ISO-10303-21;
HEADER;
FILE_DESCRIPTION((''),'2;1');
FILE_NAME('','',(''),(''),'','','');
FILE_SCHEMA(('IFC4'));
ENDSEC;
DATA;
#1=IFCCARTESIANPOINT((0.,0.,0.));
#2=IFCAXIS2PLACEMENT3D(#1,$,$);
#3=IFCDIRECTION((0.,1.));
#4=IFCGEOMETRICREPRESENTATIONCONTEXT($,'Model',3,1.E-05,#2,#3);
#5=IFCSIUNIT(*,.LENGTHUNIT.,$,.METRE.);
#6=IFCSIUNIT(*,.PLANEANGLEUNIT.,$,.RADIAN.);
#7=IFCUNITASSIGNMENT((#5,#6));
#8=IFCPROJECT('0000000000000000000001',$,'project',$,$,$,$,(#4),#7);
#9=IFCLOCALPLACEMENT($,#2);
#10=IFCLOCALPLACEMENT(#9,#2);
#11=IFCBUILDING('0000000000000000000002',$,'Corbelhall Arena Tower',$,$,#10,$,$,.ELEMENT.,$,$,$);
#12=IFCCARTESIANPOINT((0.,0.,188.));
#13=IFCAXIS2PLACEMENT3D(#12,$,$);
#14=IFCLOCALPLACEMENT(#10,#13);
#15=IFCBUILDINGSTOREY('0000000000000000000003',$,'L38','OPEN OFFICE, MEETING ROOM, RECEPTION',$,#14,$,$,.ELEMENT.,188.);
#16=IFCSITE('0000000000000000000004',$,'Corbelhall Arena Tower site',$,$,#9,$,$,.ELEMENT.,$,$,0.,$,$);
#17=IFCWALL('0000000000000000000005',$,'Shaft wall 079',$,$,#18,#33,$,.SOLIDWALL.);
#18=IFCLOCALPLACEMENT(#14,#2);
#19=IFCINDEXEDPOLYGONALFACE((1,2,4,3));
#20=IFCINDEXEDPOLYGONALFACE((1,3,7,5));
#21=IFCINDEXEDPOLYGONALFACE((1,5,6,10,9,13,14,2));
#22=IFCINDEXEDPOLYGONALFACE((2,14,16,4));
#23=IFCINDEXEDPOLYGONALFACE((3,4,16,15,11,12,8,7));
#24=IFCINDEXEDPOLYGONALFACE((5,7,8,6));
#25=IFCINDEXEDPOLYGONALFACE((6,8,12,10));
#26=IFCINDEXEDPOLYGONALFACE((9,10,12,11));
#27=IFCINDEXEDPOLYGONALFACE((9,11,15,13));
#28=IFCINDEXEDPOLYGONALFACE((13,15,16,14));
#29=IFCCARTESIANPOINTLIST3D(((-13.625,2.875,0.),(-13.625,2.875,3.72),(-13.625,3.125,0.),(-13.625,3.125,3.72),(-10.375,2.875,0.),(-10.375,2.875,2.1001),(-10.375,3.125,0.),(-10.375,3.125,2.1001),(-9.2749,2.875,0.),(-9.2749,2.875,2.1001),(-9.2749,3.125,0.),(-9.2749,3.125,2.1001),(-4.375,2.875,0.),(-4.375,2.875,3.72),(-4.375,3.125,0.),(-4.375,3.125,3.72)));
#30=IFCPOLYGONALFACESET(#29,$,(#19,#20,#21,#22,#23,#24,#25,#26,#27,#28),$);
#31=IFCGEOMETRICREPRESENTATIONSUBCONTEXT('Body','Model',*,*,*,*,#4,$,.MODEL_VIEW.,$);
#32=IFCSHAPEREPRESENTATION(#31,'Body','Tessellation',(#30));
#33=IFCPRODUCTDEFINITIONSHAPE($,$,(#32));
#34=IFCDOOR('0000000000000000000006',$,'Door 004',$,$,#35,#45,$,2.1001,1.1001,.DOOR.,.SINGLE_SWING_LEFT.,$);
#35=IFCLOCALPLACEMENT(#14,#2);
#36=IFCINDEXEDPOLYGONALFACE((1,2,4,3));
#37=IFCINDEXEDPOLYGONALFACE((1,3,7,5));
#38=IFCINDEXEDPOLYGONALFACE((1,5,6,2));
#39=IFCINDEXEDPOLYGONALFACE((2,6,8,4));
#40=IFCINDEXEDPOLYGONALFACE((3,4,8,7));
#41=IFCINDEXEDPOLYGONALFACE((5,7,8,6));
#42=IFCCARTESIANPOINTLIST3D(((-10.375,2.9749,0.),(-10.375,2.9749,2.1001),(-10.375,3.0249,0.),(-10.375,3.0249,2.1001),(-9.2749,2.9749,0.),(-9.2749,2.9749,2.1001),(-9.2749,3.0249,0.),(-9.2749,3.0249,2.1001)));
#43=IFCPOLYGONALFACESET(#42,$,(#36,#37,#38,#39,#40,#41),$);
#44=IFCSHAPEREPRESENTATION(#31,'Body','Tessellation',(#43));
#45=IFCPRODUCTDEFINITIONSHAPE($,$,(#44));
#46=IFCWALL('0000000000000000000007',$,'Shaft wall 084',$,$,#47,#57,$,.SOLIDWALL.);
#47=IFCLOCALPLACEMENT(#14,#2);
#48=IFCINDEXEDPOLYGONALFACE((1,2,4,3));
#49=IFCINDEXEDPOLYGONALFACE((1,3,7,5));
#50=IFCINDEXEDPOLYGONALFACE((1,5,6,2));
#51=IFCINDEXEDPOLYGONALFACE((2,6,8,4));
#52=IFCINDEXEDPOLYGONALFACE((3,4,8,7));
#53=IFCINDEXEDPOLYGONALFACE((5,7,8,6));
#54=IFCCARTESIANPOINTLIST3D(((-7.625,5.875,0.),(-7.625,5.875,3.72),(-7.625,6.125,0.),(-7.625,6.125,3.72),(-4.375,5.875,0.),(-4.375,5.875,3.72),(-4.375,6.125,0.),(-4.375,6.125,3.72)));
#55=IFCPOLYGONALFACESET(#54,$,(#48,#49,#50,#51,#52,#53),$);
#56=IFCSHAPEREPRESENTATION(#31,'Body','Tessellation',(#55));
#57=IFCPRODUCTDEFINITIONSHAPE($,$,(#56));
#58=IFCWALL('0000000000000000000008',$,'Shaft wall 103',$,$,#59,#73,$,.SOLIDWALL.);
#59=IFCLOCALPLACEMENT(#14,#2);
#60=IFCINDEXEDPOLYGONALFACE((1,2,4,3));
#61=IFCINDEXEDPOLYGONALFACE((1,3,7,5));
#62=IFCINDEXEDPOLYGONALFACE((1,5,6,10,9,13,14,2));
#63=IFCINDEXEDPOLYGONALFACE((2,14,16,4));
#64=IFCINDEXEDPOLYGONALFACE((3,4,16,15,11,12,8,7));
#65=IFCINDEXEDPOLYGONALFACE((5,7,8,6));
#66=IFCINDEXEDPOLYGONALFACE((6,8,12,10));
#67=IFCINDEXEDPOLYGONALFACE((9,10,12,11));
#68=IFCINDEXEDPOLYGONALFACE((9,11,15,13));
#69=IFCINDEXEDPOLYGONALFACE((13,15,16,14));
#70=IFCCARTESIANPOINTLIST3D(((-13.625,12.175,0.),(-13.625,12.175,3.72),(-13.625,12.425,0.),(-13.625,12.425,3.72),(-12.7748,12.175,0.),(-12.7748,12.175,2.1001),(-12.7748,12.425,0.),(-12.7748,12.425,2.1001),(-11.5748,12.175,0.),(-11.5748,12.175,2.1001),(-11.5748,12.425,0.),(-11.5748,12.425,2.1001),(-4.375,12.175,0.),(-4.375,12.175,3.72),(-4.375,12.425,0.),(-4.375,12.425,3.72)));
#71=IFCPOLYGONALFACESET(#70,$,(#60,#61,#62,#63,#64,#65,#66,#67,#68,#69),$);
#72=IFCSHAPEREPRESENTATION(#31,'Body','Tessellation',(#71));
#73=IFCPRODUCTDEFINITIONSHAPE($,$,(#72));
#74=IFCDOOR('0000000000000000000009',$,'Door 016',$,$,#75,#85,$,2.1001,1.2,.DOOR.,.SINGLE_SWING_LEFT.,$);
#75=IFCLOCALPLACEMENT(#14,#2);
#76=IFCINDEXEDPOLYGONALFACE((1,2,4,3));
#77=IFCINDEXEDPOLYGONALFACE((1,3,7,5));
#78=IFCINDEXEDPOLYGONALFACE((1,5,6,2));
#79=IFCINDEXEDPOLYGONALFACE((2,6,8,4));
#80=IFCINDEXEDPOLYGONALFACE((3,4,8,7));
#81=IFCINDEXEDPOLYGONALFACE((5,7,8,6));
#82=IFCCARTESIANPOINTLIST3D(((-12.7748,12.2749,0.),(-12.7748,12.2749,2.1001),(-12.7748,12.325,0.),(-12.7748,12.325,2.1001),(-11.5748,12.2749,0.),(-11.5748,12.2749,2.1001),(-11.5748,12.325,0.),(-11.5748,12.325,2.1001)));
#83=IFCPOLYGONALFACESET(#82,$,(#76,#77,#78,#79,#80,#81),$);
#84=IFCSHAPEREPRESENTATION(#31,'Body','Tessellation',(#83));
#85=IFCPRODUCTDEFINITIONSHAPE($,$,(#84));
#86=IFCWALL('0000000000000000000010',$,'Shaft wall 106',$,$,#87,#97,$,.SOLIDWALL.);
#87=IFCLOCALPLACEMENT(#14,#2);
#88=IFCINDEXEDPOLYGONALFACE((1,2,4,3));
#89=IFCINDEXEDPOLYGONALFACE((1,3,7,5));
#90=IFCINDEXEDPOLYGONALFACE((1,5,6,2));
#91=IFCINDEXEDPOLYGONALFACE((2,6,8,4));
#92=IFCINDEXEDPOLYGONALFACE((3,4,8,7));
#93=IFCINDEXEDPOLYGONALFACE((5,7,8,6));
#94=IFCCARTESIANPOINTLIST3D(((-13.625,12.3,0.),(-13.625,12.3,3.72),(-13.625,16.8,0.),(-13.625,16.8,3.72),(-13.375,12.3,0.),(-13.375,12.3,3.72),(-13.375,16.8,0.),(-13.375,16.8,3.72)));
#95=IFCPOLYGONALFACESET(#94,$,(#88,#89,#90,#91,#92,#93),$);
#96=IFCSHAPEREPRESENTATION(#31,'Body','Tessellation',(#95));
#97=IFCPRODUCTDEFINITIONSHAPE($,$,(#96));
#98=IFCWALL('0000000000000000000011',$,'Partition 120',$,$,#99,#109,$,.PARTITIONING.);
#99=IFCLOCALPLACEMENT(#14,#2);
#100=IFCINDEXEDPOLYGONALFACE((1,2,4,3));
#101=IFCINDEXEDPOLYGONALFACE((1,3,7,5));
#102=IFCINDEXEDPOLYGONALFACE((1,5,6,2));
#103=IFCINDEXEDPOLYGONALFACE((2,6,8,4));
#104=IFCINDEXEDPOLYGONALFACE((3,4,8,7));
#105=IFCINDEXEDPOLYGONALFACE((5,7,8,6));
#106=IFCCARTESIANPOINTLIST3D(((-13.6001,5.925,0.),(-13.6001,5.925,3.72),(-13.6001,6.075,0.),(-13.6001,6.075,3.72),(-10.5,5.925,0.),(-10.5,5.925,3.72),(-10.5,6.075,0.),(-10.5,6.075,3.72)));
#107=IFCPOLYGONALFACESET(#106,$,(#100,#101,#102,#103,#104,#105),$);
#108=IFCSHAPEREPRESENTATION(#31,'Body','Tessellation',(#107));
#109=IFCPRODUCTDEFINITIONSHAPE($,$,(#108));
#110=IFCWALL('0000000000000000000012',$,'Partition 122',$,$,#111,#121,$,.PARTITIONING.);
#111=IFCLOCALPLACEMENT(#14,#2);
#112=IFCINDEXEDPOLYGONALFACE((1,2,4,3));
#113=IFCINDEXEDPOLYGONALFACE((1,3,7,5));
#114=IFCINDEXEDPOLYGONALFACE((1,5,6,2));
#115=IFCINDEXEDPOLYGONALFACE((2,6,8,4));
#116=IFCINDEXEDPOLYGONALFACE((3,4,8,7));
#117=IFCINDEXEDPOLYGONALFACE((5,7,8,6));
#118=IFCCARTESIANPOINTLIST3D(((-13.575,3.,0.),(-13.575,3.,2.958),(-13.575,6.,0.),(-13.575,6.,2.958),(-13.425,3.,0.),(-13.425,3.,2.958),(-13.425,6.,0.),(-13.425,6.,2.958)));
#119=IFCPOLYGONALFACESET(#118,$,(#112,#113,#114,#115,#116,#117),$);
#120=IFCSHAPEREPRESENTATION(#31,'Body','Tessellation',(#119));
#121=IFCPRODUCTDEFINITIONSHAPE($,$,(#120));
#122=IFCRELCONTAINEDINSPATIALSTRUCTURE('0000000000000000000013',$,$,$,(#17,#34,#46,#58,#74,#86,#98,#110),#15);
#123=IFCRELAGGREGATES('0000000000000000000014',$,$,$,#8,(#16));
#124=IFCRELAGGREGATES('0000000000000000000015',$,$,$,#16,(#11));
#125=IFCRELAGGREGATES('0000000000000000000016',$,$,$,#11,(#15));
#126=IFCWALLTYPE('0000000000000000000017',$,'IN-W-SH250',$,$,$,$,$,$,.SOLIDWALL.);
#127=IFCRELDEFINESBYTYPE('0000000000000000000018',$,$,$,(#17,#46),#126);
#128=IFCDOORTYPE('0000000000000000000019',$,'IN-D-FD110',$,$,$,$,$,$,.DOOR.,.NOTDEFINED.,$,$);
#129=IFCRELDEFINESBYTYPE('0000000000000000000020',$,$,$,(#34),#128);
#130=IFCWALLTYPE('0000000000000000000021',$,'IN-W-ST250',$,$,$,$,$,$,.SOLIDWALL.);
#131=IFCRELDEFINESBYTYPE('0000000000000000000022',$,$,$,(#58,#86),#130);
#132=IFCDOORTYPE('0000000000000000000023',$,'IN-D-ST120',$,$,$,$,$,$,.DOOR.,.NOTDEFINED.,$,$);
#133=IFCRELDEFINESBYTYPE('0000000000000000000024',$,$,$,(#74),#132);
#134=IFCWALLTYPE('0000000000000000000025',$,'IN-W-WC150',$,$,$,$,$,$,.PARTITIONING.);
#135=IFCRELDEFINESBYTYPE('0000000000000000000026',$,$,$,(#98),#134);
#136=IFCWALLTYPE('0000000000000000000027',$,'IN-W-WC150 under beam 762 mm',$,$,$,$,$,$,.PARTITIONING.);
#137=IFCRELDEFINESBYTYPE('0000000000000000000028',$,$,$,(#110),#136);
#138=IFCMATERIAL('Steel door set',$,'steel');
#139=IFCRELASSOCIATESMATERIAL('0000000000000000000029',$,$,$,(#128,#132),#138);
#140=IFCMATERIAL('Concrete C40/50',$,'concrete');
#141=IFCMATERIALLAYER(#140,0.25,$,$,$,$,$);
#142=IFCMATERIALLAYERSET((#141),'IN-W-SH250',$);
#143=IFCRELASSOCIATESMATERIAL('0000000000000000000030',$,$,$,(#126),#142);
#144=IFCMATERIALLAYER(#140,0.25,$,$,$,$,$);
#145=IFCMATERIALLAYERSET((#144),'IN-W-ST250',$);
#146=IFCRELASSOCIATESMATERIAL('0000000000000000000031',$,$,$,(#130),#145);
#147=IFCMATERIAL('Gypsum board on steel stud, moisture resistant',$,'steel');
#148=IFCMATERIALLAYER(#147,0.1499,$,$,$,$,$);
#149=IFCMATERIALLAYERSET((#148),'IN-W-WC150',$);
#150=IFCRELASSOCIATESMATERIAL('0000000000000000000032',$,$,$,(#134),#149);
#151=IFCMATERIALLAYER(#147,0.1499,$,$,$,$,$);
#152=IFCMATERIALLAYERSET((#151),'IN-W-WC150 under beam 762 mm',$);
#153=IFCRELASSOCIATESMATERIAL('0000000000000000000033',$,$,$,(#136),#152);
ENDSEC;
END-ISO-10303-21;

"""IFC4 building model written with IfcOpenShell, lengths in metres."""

from ifc_helpers import new_model, si_unit, direction, frame, frame_2d, origin, place, context, subcontext, project, spatial, rectangle, extrude, material, layer, layer_set, type_object, element, fill, save


model = new_model("IFC4")

# Units and contexts
model_context = context("Model", 3, precision=1e-05, world=origin(), true_north=direction((0.0, 1.0)))
body_context = subcontext(model_context, "Body", "Model", "MODEL_VIEW")
ifc_project = project(units=[si_unit("LENGTHUNIT", "METRE"), si_unit("PLANEANGLEUNIT", "RADIAN")], contexts=[model_context])

# Site, building, storey
site_placement = place(None, origin())
site = spatial("IfcSite", under=ifc_project, at=site_placement, Name="Corbelhall Arena Tower site", CompositionType="ELEMENT", RefElevation=0.0)
building_placement = place(site_placement, origin())
building = spatial("IfcBuilding", under=site, at=building_placement, Name="Corbelhall Arena Tower", CompositionType="ELEMENT")
storey_placement = place(building_placement, frame((0.0, 0.0, 188.0)))
storey = spatial("IfcBuildingStorey", under=building, at=storey_placement, Name="L38", Description="OPEN OFFICE, MEETING ROOM, RECEPTION", CompositionType="ELEMENT", Elevation=188.0)

# Shared definitions
ifc_material_1 = material(Name="Steel door set", Category="steel")

# Shared definitions
door_type_1 = type_object("IfcDoorType", Name="IN-D-FD110", OperationType="NOTDEFINED", PredefinedType="DOOR", material=ifc_material_1)

# Wall, opening, door
ifc_material_2 = material(Name="Concrete C40/50", Category="concrete")
ifc_layer_1 = layer(ifc_material_2, 0.25)
ifc_layer_set_1 = layer_set([ifc_layer_1], Name="IN-W-SH250")
wall_type_1 = type_object("IfcWallType", Name="IN-W-SH250", PredefinedType="SOLIDWALL", material=ifc_layer_set_1)
wall_1_placement = place(storey_placement, frame((-13.625, 3.0, 0.0), z_axis=(0.0, 0.0, 1.0), x_axis=(1.0, 0.0, 0.0)))
wall_1 = element("IfcWall", 1, at=wall_1_placement, inside=storey, type_object=wall_type_1, Name="Shaft wall 079", PredefinedType="SOLIDWALL", context=body_context, shape_type="SweptSolid", body=[
    extrude(rectangle(XDim=9.25, YDim=0.25, at=frame_2d((4.625, 0.0))), origin(), (0.0, 0.0, 1.0), 3.72),
])
opening_1_placement = place(wall_1_placement, frame((3.25, 0.0, 0.0)))
opening_1 = element("IfcOpeningElement", 2, at=opening_1_placement, cuts=wall_1, PredefinedType="OPENING", context=body_context, shape_type="SweptSolid", body=[
    extrude(rectangle(XDim=1.1001, YDim=2.1001, at=frame_2d((0.55, 1.05))), frame((0.0, 0.125, 0.0), z_axis=(0.0, -1.0, 0.0), x_axis=(1.0, 0.0, 0.0)), (0.0, 0.0, 1.0), 0.25),
])
door_1_placement = place(opening_1_placement, origin())
door_1 = element("IfcDoor", 3, at=door_1_placement, inside=storey, type_object=door_type_1, Name="Door 004", OperationType="SINGLE_SWING_LEFT", OverallHeight=2.1001, OverallWidth=1.1001, PredefinedType="DOOR", context=body_context, shape_type="SweptSolid", body=[
    extrude(rectangle(XDim=1.1001, YDim=2.1001, at=frame_2d((0.55, 1.05))), frame((0.0, 0.0249, 0.0), z_axis=(0.0, -1.0, 0.0), x_axis=(1.0, 0.0, 0.0)), (0.0, 0.0, 1.0), 0.05),
])
fill(opening_1, door_1)

# Wall
wall_2_placement = place(storey_placement, frame((-7.625, 6.0, 0.0), z_axis=(0.0, 0.0, 1.0), x_axis=(1.0, 0.0, 0.0)))
element("IfcWall", 4, at=wall_2_placement, inside=storey, type_object=wall_type_1, Name="Shaft wall 084", PredefinedType="SOLIDWALL", context=body_context, shape_type="SweptSolid", body=[
    extrude(rectangle(XDim=3.25, YDim=0.25, at=frame_2d((1.625, 0.0))), origin(), (0.0, 0.0, 1.0), 3.72),
])

# Wall, opening, door
ifc_layer_2 = layer(ifc_material_2, 0.25)
ifc_layer_set_2 = layer_set([ifc_layer_2], Name="IN-W-ST250")
wall_type_2 = type_object("IfcWallType", Name="IN-W-ST250", PredefinedType="SOLIDWALL", material=ifc_layer_set_2)
wall_3_placement = place(storey_placement, frame((-13.625, 12.3, 0.0), z_axis=(0.0, 0.0, 1.0), x_axis=(1.0, 0.0, 0.0)))
wall_3 = element("IfcWall", 5, at=wall_3_placement, inside=storey, type_object=wall_type_2, Name="Shaft wall 103", PredefinedType="SOLIDWALL", context=body_context, shape_type="SweptSolid", body=[
    extrude(rectangle(XDim=9.25, YDim=0.25, at=frame_2d((4.625, 0.0))), origin(), (0.0, 0.0, 1.0), 3.72),
])
opening_2_placement = place(wall_3_placement, frame((0.8501, 0.0, 0.0)))
opening_2 = element("IfcOpeningElement", 6, at=opening_2_placement, cuts=wall_3, PredefinedType="OPENING", context=body_context, shape_type="SweptSolid", body=[
    extrude(rectangle(XDim=1.2, YDim=2.1001, at=frame_2d((0.6001, 1.05))), frame((0.0, 0.125, 0.0), z_axis=(0.0, -1.0, 0.0), x_axis=(1.0, 0.0, 0.0)), (0.0, 0.0, 1.0), 0.25),
])
door_type_2 = type_object("IfcDoorType", Name="IN-D-ST120", OperationType="NOTDEFINED", PredefinedType="DOOR", material=ifc_material_1)
door_2_placement = place(opening_2_placement, origin())
door_2 = element("IfcDoor", 7, at=door_2_placement, inside=storey, type_object=door_type_2, Name="Door 016", OperationType="SINGLE_SWING_LEFT", OverallHeight=2.1001, OverallWidth=1.2, PredefinedType="DOOR", context=body_context, shape_type="SweptSolid", body=[
    extrude(rectangle(XDim=1.2, YDim=2.1001, at=frame_2d((0.6001, 1.05))), frame((0.0, 0.0249, 0.0), z_axis=(0.0, -1.0, 0.0), x_axis=(1.0, 0.0, 0.0)), (0.0, 0.0, 1.0), 0.05),
])
fill(opening_2, door_2)

# Walls
wall_4_placement = place(storey_placement, frame((-13.5, 12.3, 0.0), z_axis=(0.0, 0.0, 1.0), x_axis=(0.0, 1.0, 0.0)))
element("IfcWall", 8, at=wall_4_placement, inside=storey, type_object=wall_type_2, Name="Shaft wall 106", PredefinedType="SOLIDWALL", context=body_context, shape_type="SweptSolid", body=[
    extrude(rectangle(XDim=4.5, YDim=0.25, at=frame_2d((2.25, 0.0))), origin(), (0.0, 0.0, 1.0), 3.72),
])
ifc_material_3 = material(Name="Gypsum board on steel stud, moisture resistant", Category="steel")
ifc_layer_3 = layer(ifc_material_3, 0.1499)
ifc_layer_set_3 = layer_set([ifc_layer_3], Name="IN-W-WC150")
wall_type_3 = type_object("IfcWallType", Name="IN-W-WC150", PredefinedType="PARTITIONING", material=ifc_layer_set_3)
wall_5_placement = place(storey_placement, frame((-13.6001, 6.0, 0.0), z_axis=(0.0, 0.0, 1.0), x_axis=(1.0, 0.0, 0.0)))
element("IfcWall", 9, at=wall_5_placement, inside=storey, type_object=wall_type_3, Name="Partition 120", PredefinedType="PARTITIONING", context=body_context, shape_type="SweptSolid", body=[
    extrude(rectangle(XDim=3.1001, YDim=0.1499, at=frame_2d((1.55, 0.0))), origin(), (0.0, 0.0, 1.0), 3.72),
])
ifc_layer_4 = layer(ifc_material_3, 0.1499)
ifc_layer_set_4 = layer_set([ifc_layer_4], Name="IN-W-WC150 under beam 762 mm")
wall_type_4 = type_object("IfcWallType", Name="IN-W-WC150 under beam 762 mm", PredefinedType="PARTITIONING", material=ifc_layer_set_4)
wall_6_placement = place(storey_placement, frame((-13.5, 3.0, 0.0), z_axis=(0.0, 0.0, 1.0), x_axis=(0.0, 1.0, 0.0)))
element("IfcWall", 10, at=wall_6_placement, inside=storey, type_object=wall_type_4, Name="Partition 122", PredefinedType="PARTITIONING", context=body_context, shape_type="SweptSolid", body=[
    extrude(rectangle(XDim=3.0, YDim=0.1499, at=frame_2d((1.5, 0.0))), origin(), (0.0, 0.0, 1.0), 2.958),
])

save(model, "model.ifc")
